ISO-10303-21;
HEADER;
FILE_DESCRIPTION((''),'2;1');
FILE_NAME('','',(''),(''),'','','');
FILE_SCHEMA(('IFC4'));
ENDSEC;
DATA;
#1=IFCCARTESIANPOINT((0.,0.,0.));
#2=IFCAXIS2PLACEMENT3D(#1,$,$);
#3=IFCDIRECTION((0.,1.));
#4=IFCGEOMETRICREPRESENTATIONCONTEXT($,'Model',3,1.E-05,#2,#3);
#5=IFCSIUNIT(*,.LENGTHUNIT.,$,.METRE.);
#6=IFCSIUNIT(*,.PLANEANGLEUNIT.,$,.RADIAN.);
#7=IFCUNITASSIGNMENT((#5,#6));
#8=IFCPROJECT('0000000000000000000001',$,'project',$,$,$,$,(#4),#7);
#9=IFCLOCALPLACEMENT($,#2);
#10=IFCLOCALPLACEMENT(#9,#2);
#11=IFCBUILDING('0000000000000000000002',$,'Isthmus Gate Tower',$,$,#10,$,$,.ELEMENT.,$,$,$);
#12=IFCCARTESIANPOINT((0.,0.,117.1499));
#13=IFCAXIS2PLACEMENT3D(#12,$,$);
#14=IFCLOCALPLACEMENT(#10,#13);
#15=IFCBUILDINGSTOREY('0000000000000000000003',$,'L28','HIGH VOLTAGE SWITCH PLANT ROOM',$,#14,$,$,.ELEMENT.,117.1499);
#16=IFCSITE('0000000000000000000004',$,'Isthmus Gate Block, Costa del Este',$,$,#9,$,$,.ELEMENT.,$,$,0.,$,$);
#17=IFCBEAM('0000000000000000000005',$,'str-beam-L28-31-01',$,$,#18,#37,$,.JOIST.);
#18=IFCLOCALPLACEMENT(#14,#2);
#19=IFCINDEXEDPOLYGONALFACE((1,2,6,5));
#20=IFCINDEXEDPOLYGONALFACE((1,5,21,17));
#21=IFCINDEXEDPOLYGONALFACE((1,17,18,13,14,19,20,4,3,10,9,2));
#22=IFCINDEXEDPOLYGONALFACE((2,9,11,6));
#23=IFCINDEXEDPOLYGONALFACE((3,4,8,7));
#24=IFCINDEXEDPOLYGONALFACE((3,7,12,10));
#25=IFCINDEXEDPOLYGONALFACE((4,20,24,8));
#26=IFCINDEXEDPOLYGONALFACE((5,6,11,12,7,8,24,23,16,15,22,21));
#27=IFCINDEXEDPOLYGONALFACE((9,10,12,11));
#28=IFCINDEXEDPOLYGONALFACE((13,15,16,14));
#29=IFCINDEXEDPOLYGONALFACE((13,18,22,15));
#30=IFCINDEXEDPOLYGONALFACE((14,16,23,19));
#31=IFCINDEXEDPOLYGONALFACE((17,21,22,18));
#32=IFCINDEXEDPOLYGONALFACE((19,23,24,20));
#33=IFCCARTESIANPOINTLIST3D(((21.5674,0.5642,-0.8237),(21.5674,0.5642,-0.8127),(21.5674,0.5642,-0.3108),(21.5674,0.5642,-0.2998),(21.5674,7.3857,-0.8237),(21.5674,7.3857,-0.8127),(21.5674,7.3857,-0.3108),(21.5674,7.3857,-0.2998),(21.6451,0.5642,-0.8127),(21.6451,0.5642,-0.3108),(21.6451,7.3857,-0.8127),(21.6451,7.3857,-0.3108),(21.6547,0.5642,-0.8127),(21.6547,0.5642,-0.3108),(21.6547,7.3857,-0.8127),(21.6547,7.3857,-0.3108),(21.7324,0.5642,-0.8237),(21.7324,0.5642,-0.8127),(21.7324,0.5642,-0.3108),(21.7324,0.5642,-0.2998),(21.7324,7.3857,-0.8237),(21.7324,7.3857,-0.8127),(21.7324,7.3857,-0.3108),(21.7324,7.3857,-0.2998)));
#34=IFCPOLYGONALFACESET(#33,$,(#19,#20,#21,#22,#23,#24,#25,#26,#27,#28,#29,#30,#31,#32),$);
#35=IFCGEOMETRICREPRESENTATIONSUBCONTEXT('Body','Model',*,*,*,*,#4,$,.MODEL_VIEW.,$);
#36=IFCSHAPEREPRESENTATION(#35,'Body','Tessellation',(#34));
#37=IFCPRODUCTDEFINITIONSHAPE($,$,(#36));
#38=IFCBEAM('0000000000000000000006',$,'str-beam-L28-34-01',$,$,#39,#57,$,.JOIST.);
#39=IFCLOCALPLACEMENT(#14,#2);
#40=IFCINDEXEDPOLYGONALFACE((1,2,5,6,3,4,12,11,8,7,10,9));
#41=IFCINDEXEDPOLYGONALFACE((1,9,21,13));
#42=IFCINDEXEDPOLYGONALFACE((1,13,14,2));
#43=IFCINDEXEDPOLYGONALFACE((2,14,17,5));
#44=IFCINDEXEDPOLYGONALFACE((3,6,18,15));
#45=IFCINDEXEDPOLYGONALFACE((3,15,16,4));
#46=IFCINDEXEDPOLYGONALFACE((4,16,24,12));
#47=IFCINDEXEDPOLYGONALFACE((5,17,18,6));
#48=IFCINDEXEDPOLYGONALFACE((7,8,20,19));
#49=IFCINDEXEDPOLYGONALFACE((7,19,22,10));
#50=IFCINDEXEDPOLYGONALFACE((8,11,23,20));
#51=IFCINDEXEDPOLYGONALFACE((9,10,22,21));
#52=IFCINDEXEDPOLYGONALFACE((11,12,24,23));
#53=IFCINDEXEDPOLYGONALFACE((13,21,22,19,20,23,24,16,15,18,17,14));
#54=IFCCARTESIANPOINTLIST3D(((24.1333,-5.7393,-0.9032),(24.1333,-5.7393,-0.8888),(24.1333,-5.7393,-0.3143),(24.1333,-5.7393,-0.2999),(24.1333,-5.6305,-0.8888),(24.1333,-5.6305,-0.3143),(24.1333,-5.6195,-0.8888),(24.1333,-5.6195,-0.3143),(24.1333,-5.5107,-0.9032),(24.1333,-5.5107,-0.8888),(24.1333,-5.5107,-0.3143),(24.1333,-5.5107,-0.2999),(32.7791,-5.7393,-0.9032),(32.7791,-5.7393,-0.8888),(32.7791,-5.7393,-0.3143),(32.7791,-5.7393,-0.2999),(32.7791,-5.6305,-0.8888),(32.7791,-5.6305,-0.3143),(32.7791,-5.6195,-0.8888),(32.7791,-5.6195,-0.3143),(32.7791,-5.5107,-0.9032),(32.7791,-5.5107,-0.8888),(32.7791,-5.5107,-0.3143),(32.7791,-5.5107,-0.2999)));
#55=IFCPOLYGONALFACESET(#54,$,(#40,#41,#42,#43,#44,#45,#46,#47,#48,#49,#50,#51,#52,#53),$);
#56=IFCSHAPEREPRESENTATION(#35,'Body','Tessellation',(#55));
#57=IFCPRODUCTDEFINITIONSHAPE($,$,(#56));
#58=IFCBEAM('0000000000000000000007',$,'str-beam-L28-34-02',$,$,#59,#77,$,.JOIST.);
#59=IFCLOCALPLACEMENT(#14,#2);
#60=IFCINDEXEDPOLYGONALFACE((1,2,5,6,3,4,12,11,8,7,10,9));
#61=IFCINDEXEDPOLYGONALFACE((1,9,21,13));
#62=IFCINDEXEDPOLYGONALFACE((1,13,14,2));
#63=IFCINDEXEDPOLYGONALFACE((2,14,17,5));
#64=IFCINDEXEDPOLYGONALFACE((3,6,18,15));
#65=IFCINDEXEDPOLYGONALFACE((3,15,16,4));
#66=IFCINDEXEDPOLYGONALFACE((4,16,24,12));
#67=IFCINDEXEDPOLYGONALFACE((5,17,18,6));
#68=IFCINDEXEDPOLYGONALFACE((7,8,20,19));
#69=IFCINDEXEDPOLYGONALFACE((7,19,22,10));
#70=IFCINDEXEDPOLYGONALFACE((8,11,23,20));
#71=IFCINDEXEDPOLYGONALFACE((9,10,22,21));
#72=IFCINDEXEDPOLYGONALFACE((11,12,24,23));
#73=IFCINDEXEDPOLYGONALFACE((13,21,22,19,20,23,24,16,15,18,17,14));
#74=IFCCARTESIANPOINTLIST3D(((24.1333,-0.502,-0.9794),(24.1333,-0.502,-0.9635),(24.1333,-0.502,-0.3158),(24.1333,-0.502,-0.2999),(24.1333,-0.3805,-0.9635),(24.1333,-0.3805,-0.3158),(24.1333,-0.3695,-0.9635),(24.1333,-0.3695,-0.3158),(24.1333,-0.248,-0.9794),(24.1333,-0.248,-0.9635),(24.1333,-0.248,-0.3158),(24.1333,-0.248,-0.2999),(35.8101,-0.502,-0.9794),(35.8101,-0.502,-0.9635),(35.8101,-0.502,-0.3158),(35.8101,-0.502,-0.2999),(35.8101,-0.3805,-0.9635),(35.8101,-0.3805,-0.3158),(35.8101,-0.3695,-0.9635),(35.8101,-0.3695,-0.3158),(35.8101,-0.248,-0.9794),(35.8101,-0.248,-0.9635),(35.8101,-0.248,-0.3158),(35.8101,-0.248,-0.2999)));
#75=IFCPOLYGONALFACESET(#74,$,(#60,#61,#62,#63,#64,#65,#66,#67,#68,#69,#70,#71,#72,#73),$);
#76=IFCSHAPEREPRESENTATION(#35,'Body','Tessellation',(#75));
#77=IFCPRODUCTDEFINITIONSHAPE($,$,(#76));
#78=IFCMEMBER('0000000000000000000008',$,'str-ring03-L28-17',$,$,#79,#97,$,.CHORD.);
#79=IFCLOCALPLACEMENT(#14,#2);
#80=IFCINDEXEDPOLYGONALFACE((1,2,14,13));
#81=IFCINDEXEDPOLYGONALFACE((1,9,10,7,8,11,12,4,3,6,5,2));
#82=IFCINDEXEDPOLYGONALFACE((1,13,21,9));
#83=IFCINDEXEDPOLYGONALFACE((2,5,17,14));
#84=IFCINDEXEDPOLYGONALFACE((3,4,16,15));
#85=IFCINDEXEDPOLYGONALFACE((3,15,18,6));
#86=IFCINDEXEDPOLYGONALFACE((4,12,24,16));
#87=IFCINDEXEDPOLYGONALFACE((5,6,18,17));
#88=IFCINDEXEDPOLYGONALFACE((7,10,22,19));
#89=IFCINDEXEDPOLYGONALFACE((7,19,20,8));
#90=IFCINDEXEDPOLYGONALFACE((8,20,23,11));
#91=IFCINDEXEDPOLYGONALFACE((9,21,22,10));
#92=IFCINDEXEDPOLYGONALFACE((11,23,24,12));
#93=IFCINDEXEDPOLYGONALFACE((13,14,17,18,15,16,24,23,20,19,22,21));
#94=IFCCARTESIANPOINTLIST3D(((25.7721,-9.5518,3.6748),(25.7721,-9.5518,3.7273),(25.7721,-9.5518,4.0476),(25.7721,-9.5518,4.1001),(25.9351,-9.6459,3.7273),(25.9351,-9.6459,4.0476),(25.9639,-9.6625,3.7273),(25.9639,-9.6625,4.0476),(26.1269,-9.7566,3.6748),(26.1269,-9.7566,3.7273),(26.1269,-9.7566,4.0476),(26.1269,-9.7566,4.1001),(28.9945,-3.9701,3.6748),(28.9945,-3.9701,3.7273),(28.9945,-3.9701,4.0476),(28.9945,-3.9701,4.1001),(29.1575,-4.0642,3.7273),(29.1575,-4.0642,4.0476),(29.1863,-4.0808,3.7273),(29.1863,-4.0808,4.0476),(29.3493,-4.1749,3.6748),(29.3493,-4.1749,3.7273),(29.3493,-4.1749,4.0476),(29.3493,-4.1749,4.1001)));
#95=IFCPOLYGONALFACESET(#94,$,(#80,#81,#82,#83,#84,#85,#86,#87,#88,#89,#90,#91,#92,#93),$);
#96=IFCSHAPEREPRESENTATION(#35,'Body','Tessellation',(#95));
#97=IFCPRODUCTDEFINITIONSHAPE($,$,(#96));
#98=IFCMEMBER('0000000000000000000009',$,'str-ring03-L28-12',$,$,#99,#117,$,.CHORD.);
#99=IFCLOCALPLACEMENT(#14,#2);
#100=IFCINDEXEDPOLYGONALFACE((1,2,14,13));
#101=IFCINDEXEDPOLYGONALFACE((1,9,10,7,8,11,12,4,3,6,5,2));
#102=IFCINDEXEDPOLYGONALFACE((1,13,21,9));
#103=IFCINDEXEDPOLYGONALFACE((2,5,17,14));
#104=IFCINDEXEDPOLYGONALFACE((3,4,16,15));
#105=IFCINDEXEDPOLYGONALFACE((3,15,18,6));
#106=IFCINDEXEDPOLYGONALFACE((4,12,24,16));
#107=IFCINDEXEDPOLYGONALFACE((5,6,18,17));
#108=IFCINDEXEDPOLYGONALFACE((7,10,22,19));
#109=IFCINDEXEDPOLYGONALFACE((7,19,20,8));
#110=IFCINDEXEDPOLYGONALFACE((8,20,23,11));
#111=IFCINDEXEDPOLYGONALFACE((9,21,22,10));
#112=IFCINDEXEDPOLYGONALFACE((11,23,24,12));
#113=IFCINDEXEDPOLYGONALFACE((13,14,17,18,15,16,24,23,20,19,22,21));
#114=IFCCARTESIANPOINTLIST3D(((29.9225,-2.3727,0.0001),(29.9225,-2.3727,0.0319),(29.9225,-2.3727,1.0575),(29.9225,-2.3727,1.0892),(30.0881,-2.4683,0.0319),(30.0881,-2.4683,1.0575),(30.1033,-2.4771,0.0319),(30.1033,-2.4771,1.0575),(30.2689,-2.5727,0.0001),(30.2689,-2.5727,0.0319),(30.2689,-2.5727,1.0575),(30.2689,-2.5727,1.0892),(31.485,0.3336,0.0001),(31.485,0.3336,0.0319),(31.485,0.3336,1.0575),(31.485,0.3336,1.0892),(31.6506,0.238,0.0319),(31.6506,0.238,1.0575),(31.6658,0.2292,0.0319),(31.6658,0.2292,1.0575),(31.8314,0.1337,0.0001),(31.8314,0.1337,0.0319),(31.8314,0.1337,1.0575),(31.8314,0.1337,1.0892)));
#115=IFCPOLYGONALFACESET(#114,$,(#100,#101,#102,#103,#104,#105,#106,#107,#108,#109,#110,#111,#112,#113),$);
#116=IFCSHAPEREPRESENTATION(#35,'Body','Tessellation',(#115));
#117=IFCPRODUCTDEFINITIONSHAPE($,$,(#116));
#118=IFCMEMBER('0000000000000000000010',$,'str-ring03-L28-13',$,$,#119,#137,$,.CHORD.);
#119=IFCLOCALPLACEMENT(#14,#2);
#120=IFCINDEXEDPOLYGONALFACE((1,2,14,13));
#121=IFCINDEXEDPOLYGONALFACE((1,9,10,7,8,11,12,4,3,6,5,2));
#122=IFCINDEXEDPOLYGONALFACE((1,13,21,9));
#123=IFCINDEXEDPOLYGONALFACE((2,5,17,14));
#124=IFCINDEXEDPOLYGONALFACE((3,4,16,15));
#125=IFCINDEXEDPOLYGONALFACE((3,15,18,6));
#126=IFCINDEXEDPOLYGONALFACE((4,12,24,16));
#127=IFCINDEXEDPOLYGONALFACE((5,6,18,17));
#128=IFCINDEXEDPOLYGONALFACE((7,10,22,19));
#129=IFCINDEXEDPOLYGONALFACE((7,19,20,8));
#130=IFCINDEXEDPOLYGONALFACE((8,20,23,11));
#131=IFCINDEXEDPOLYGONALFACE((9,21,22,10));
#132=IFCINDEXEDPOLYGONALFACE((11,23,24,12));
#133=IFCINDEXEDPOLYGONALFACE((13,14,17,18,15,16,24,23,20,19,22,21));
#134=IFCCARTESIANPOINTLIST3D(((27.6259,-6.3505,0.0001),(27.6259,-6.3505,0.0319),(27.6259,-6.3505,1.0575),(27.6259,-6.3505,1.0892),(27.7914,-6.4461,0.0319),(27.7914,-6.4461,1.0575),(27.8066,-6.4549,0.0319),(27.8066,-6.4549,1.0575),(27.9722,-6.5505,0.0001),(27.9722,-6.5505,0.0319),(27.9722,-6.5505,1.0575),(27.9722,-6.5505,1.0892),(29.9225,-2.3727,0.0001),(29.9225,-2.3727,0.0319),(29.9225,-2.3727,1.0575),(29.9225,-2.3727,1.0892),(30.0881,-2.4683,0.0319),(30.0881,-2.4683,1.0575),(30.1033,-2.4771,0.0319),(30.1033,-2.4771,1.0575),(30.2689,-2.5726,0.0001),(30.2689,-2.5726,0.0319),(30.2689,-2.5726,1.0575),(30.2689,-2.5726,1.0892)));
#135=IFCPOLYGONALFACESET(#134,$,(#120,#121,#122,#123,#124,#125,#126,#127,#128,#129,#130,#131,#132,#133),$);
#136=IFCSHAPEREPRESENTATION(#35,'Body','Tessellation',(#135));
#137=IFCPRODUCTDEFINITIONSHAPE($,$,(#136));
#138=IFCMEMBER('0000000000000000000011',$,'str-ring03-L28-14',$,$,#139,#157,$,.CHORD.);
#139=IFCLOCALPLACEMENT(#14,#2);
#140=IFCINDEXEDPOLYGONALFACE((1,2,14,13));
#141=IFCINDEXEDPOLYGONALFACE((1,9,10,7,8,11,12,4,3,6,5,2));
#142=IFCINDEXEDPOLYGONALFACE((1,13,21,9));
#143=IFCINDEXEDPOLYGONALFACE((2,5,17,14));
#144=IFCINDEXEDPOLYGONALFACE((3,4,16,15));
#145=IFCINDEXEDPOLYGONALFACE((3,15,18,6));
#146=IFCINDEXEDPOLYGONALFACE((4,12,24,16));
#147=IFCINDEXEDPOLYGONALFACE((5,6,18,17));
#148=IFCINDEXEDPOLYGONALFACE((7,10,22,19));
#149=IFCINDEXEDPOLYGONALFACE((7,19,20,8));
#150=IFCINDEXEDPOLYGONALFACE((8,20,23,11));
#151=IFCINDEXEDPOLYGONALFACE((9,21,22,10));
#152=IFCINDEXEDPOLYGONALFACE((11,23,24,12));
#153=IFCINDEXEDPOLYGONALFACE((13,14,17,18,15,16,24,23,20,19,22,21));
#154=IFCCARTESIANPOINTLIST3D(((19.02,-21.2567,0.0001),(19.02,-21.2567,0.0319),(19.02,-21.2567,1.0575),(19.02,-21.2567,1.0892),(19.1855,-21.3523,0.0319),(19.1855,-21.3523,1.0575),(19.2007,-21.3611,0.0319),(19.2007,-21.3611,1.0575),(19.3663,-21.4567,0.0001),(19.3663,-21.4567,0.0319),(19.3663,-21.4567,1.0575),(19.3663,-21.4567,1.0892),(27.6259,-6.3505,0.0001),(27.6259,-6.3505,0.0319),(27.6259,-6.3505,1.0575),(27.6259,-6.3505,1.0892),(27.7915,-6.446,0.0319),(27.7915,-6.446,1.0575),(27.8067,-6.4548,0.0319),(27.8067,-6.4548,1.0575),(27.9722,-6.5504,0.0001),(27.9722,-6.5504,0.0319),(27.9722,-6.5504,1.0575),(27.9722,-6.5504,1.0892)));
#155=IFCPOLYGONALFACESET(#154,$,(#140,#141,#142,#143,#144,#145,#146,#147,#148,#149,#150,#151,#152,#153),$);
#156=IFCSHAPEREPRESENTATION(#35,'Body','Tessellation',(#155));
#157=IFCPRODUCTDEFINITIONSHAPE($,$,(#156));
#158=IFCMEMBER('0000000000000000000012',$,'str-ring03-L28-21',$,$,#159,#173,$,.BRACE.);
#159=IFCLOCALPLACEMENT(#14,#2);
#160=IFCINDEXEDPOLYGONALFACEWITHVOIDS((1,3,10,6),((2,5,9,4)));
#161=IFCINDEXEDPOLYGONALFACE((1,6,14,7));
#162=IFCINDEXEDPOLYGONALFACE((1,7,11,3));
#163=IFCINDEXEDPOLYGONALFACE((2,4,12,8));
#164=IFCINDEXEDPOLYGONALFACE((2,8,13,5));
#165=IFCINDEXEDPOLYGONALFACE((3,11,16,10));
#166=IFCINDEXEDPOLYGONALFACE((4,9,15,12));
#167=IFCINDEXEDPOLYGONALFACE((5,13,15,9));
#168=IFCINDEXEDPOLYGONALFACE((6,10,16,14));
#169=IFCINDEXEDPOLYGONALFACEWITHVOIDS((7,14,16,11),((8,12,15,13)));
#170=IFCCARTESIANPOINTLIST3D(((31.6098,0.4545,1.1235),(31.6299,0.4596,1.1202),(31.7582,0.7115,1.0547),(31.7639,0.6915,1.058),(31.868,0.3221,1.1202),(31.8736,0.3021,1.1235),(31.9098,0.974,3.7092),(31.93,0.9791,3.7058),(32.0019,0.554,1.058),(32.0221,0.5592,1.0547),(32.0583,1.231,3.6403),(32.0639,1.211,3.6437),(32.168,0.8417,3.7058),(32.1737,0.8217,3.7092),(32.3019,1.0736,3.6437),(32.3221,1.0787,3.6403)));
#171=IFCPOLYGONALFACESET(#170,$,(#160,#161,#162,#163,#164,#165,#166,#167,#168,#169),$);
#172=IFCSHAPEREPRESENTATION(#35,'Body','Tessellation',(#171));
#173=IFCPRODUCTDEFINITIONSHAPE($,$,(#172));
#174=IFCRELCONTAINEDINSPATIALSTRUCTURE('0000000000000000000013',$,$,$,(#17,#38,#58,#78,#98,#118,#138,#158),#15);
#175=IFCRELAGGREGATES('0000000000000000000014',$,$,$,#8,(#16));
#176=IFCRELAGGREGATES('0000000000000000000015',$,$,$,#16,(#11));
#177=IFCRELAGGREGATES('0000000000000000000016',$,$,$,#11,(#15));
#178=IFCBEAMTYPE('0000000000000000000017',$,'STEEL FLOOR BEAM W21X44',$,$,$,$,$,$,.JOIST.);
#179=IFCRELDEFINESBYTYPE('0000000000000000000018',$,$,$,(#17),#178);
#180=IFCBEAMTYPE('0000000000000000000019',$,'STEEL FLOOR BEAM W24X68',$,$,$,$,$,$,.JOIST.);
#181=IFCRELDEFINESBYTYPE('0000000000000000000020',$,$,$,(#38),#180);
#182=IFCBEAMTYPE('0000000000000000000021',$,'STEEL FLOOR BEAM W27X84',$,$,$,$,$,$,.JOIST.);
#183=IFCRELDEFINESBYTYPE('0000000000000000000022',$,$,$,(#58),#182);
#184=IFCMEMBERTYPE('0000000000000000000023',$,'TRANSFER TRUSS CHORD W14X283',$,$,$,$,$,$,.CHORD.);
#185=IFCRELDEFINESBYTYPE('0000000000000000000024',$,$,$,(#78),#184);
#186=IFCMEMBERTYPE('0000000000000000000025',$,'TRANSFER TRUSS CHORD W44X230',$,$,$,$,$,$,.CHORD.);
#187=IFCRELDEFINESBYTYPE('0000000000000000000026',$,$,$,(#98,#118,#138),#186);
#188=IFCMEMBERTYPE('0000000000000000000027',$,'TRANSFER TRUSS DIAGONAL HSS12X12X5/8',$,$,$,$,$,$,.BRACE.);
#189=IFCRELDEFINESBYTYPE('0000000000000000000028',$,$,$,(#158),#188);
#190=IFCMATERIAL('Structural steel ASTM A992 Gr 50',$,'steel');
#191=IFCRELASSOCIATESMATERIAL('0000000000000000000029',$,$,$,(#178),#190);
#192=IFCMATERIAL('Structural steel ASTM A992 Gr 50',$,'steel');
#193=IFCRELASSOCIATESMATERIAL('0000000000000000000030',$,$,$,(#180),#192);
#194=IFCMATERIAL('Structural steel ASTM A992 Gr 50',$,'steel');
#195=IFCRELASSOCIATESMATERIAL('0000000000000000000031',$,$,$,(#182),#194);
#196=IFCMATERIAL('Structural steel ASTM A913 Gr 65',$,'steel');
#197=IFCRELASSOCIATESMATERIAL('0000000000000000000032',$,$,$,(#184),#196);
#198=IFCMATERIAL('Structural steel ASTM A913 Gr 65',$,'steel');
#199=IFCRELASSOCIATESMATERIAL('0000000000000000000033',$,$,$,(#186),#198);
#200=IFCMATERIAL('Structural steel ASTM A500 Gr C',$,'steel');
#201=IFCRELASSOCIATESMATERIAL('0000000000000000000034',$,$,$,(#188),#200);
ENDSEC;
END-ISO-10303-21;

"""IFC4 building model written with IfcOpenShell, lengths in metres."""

from ifc_helpers import new_model, si_unit, direction, frame, origin, origin_2d, place, context, subcontext, project, spatial, hollow_rectangle, i_section, extrude, material, material_profile, profile_set, type_object, element, save


model = new_model("IFC4")

# Units and contexts
model_context = context("Model", 3, precision=1e-05, world=origin(), true_north=direction((0.0, 1.0)))
body_context = subcontext(model_context, "Body", "Model", "MODEL_VIEW")
ifc_project = project(units=[si_unit("LENGTHUNIT", "METRE"), si_unit("PLANEANGLEUNIT", "RADIAN")], contexts=[model_context])

# Site, building, storey
site_placement = place(None, origin())
site = spatial("IfcSite", under=ifc_project, at=site_placement, Name="Isthmus Gate Block, Costa del Este", CompositionType="ELEMENT", RefElevation=0.0)
building_placement = place(site_placement, origin())
building = spatial("IfcBuilding", under=site, at=building_placement, Name="Isthmus Gate Tower", CompositionType="ELEMENT")
storey_placement = place(building_placement, frame((0.0, 0.0, 117.1499)))
storey = spatial("IfcBuildingStorey", under=building, at=storey_placement, Name="L28", Description="HIGH VOLTAGE SWITCH PLANT ROOM", CompositionType="ELEMENT", Elevation=117.1499)

# Beams
ifc_material_1 = material(Name="Structural steel ASTM A992 Gr 50", Category="steel")
ifc_material_profile_1 = material_profile(ifc_material_1, i_section(OverallWidth=0.165, OverallDepth=0.5239, WebThickness=0.0095, FlangeThickness=0.011, at=origin_2d()), Name="W21X44")
ifc_profile_set_1 = profile_set([ifc_material_profile_1], Name="Structural steel ASTM A992 Gr 50")
beam_type_1 = type_object("IfcBeamType", Name="STEEL FLOOR BEAM W21X44", PredefinedType="JOIST", material=ifc_profile_set_1)
beam_1_placement = place(storey_placement, frame((21.6499, 0.5642, -0.5618), z_axis=(0.0, 1.0, 0.0), x_axis=(-1.0, 0.0, 0.0)))
element("IfcBeam", 1, at=beam_1_placement, inside=storey, type_object=beam_type_1, Name="str-beam-L28-31-01", PredefinedType="JOIST", context=body_context, shape_type="SweptSolid", body=[
    extrude(i_section(OverallWidth=0.165, OverallDepth=0.5239, WebThickness=0.0095, FlangeThickness=0.011, at=origin_2d()), origin(), (0.0, 0.0, 1.0), 6.8215),
])
ifc_material_2 = material(Name="Structural steel ASTM A992 Gr 50", Category="steel")
ifc_material_profile_2 = material_profile(ifc_material_2, i_section(OverallWidth=0.2285, OverallDepth=0.6033, WebThickness=0.011, FlangeThickness=0.0144, at=origin_2d()), Name="W24X68")
ifc_profile_set_2 = profile_set([ifc_material_profile_2], Name="Structural steel ASTM A992 Gr 50")
beam_type_2 = type_object("IfcBeamType", Name="STEEL FLOOR BEAM W24X68", PredefinedType="JOIST", material=ifc_profile_set_2)
beam_2_placement = place(storey_placement, frame((24.1333, -5.625, -0.6016), z_axis=(1.0, 0.0, 0.0), x_axis=(0.0, 1.0, 0.0)))
element("IfcBeam", 2, at=beam_2_placement, inside=storey, type_object=beam_type_2, Name="str-beam-L28-34-01", PredefinedType="JOIST", context=body_context, shape_type="SweptSolid", body=[
    extrude(i_section(OverallWidth=0.2285, OverallDepth=0.6033, WebThickness=0.011, FlangeThickness=0.0144, at=origin_2d()), origin(), (0.0, 0.0, 1.0), 8.6458),
])
ifc_material_3 = material(Name="Structural steel ASTM A992 Gr 50", Category="steel")
ifc_material_profile_3 = material_profile(ifc_material_3, i_section(OverallWidth=0.2539, OverallDepth=0.6794, WebThickness=0.011, FlangeThickness=0.0159, at=origin_2d()), Name="W27X84")
ifc_profile_set_3 = profile_set([ifc_material_profile_3], Name="Structural steel ASTM A992 Gr 50")
beam_type_3 = type_object("IfcBeamType", Name="STEEL FLOOR BEAM W27X84", PredefinedType="JOIST", material=ifc_profile_set_3)
beam_3_placement = place(storey_placement, frame((24.1333, -0.375, -0.6396), z_axis=(1.0, 0.0, 0.0), x_axis=(0.0, 1.0, 0.0)))
element("IfcBeam", 3, at=beam_3_placement, inside=storey, type_object=beam_type_3, Name="str-beam-L28-34-02", PredefinedType="JOIST", context=body_context, shape_type="SweptSolid", body=[
    extrude(i_section(OverallWidth=0.2539, OverallDepth=0.6794, WebThickness=0.011, FlangeThickness=0.0159, at=origin_2d()), origin(), (0.0, 0.0, 1.0), 11.6768),
])

# Members
ifc_material_4 = material(Name="Structural steel ASTM A913 Gr 65", Category="steel")
ifc_material_profile_4 = material_profile(ifc_material_4, i_section(OverallWidth=0.4097, OverallDepth=0.4253, WebThickness=0.0332, FlangeThickness=0.0525, at=origin_2d()), Name="W14X283")
ifc_profile_set_4 = profile_set([ifc_material_profile_4], Name="Structural steel ASTM A913 Gr 65")
member_type_1 = type_object("IfcMemberType", Name="TRANSFER TRUSS CHORD W14X283", PredefinedType="CHORD", material=ifc_profile_set_4)
member_1_placement = place(storey_placement, frame((29.1719, -4.0725, 3.8875), z_axis=(-0.499973, -0.866041, 0.0), x_axis=(0.866041, -0.499973, 0.0)))
element("IfcMember", 4, at=member_1_placement, inside=storey, type_object=member_type_1, Name="str-ring03-L28-17", PredefinedType="CHORD", context=body_context, shape_type="SweptSolid", body=[
    extrude(i_section(OverallWidth=0.4097, OverallDepth=0.4253, WebThickness=0.0332, FlangeThickness=0.0525, at=origin_2d()), origin(), (0.0, 0.0, 1.0), 6.4451),
])
ifc_material_5 = material(Name="Structural steel ASTM A913 Gr 65", Category="steel")
ifc_material_profile_5 = material_profile(ifc_material_5, i_section(OverallWidth=0.3999, OverallDepth=1.0891, WebThickness=0.0176, FlangeThickness=0.0317, at=origin_2d()), Name="W44X230")
ifc_profile_set_5 = profile_set([ifc_material_profile_5], Name="Structural steel ASTM A913 Gr 65")
member_type_2 = type_object("IfcMemberType", Name="TRANSFER TRUSS CHORD W44X230", PredefinedType="CHORD", material=ifc_profile_set_5)
member_2_placement = place(storey_placement, frame((31.6582, 0.2336, 0.5447), z_axis=(-0.500004, -0.866023, 0.0), x_axis=(0.866023, -0.500004, 0.0)))
element("IfcMember", 5, at=member_2_placement, inside=storey, type_object=member_type_2, Name="str-ring03-L28-12", PredefinedType="CHORD", context=body_context, shape_type="SweptSolid", body=[
    extrude(i_section(OverallWidth=0.3999, OverallDepth=1.0891, WebThickness=0.0176, FlangeThickness=0.0317, at=origin_2d()), origin(), (0.0, 0.0, 1.0), 3.125),
])
member_3_placement = place(storey_placement, frame((30.0957, -2.4727, 0.5447), z_axis=(-0.500009, -0.86602, 0.0), x_axis=(0.86602, -0.500009, 0.0)))
element("IfcMember", 6, at=member_3_placement, inside=storey, type_object=member_type_2, Name="str-ring03-L28-13", PredefinedType="CHORD", context=body_context, shape_type="SweptSolid", body=[
    extrude(i_section(OverallWidth=0.3999, OverallDepth=1.0891, WebThickness=0.0176, FlangeThickness=0.0317, at=origin_2d()), origin(), (0.0, 0.0, 1.0), 4.5933),
])
member_4_placement = place(storey_placement, frame((27.7991, -6.4504, 0.5447), z_axis=(-0.499993, -0.86603, 0.0), x_axis=(0.86603, -0.499993, 0.0)))
element("IfcMember", 7, at=member_4_placement, inside=storey, type_object=member_type_2, Name="str-ring03-L28-14", PredefinedType="CHORD", context=body_context, shape_type="SweptSolid", body=[
    extrude(i_section(OverallWidth=0.3999, OverallDepth=1.0891, WebThickness=0.0176, FlangeThickness=0.0317, at=origin_2d()), origin(), (0.0, 0.0, 1.0), 17.2122),
])
ifc_material_6 = material(Name="Structural steel ASTM A500 Gr C", Category="steel")
ifc_material_profile_6 = material_profile(ifc_material_6, hollow_rectangle(XDim=0.3047, YDim=0.3047, WallThickness=0.0149, at=origin_2d()), Name="HSS12X12X5/8")
ifc_profile_set_6 = profile_set([ifc_material_profile_6], Name="Structural steel ASTM A500 Gr C")
member_type_3 = type_object("IfcMemberType", Name="TRANSFER TRUSS DIAGONAL HSS12X12X5/8", PredefinedType="BRACE", material=ifc_profile_set_6)
member_5_placement = place(storey_placement, frame((31.8159, 0.5068, 1.0891), z_axis=(0.113039, 0.195726, 0.974122), x_axis=(-0.865955, 0.500122, 0.0)))
element("IfcMember", 8, at=member_5_placement, inside=storey, type_object=member_type_3, Name="str-ring03-L28-21", PredefinedType="BRACE", context=body_context, shape_type="SweptSolid", body=[
    extrude(hollow_rectangle(XDim=0.3047, YDim=0.3047, WallThickness=0.0149, at=origin_2d()), origin(), (0.0, 0.0, 1.0), 2.6543),
])

save(model, "model.ifc")
